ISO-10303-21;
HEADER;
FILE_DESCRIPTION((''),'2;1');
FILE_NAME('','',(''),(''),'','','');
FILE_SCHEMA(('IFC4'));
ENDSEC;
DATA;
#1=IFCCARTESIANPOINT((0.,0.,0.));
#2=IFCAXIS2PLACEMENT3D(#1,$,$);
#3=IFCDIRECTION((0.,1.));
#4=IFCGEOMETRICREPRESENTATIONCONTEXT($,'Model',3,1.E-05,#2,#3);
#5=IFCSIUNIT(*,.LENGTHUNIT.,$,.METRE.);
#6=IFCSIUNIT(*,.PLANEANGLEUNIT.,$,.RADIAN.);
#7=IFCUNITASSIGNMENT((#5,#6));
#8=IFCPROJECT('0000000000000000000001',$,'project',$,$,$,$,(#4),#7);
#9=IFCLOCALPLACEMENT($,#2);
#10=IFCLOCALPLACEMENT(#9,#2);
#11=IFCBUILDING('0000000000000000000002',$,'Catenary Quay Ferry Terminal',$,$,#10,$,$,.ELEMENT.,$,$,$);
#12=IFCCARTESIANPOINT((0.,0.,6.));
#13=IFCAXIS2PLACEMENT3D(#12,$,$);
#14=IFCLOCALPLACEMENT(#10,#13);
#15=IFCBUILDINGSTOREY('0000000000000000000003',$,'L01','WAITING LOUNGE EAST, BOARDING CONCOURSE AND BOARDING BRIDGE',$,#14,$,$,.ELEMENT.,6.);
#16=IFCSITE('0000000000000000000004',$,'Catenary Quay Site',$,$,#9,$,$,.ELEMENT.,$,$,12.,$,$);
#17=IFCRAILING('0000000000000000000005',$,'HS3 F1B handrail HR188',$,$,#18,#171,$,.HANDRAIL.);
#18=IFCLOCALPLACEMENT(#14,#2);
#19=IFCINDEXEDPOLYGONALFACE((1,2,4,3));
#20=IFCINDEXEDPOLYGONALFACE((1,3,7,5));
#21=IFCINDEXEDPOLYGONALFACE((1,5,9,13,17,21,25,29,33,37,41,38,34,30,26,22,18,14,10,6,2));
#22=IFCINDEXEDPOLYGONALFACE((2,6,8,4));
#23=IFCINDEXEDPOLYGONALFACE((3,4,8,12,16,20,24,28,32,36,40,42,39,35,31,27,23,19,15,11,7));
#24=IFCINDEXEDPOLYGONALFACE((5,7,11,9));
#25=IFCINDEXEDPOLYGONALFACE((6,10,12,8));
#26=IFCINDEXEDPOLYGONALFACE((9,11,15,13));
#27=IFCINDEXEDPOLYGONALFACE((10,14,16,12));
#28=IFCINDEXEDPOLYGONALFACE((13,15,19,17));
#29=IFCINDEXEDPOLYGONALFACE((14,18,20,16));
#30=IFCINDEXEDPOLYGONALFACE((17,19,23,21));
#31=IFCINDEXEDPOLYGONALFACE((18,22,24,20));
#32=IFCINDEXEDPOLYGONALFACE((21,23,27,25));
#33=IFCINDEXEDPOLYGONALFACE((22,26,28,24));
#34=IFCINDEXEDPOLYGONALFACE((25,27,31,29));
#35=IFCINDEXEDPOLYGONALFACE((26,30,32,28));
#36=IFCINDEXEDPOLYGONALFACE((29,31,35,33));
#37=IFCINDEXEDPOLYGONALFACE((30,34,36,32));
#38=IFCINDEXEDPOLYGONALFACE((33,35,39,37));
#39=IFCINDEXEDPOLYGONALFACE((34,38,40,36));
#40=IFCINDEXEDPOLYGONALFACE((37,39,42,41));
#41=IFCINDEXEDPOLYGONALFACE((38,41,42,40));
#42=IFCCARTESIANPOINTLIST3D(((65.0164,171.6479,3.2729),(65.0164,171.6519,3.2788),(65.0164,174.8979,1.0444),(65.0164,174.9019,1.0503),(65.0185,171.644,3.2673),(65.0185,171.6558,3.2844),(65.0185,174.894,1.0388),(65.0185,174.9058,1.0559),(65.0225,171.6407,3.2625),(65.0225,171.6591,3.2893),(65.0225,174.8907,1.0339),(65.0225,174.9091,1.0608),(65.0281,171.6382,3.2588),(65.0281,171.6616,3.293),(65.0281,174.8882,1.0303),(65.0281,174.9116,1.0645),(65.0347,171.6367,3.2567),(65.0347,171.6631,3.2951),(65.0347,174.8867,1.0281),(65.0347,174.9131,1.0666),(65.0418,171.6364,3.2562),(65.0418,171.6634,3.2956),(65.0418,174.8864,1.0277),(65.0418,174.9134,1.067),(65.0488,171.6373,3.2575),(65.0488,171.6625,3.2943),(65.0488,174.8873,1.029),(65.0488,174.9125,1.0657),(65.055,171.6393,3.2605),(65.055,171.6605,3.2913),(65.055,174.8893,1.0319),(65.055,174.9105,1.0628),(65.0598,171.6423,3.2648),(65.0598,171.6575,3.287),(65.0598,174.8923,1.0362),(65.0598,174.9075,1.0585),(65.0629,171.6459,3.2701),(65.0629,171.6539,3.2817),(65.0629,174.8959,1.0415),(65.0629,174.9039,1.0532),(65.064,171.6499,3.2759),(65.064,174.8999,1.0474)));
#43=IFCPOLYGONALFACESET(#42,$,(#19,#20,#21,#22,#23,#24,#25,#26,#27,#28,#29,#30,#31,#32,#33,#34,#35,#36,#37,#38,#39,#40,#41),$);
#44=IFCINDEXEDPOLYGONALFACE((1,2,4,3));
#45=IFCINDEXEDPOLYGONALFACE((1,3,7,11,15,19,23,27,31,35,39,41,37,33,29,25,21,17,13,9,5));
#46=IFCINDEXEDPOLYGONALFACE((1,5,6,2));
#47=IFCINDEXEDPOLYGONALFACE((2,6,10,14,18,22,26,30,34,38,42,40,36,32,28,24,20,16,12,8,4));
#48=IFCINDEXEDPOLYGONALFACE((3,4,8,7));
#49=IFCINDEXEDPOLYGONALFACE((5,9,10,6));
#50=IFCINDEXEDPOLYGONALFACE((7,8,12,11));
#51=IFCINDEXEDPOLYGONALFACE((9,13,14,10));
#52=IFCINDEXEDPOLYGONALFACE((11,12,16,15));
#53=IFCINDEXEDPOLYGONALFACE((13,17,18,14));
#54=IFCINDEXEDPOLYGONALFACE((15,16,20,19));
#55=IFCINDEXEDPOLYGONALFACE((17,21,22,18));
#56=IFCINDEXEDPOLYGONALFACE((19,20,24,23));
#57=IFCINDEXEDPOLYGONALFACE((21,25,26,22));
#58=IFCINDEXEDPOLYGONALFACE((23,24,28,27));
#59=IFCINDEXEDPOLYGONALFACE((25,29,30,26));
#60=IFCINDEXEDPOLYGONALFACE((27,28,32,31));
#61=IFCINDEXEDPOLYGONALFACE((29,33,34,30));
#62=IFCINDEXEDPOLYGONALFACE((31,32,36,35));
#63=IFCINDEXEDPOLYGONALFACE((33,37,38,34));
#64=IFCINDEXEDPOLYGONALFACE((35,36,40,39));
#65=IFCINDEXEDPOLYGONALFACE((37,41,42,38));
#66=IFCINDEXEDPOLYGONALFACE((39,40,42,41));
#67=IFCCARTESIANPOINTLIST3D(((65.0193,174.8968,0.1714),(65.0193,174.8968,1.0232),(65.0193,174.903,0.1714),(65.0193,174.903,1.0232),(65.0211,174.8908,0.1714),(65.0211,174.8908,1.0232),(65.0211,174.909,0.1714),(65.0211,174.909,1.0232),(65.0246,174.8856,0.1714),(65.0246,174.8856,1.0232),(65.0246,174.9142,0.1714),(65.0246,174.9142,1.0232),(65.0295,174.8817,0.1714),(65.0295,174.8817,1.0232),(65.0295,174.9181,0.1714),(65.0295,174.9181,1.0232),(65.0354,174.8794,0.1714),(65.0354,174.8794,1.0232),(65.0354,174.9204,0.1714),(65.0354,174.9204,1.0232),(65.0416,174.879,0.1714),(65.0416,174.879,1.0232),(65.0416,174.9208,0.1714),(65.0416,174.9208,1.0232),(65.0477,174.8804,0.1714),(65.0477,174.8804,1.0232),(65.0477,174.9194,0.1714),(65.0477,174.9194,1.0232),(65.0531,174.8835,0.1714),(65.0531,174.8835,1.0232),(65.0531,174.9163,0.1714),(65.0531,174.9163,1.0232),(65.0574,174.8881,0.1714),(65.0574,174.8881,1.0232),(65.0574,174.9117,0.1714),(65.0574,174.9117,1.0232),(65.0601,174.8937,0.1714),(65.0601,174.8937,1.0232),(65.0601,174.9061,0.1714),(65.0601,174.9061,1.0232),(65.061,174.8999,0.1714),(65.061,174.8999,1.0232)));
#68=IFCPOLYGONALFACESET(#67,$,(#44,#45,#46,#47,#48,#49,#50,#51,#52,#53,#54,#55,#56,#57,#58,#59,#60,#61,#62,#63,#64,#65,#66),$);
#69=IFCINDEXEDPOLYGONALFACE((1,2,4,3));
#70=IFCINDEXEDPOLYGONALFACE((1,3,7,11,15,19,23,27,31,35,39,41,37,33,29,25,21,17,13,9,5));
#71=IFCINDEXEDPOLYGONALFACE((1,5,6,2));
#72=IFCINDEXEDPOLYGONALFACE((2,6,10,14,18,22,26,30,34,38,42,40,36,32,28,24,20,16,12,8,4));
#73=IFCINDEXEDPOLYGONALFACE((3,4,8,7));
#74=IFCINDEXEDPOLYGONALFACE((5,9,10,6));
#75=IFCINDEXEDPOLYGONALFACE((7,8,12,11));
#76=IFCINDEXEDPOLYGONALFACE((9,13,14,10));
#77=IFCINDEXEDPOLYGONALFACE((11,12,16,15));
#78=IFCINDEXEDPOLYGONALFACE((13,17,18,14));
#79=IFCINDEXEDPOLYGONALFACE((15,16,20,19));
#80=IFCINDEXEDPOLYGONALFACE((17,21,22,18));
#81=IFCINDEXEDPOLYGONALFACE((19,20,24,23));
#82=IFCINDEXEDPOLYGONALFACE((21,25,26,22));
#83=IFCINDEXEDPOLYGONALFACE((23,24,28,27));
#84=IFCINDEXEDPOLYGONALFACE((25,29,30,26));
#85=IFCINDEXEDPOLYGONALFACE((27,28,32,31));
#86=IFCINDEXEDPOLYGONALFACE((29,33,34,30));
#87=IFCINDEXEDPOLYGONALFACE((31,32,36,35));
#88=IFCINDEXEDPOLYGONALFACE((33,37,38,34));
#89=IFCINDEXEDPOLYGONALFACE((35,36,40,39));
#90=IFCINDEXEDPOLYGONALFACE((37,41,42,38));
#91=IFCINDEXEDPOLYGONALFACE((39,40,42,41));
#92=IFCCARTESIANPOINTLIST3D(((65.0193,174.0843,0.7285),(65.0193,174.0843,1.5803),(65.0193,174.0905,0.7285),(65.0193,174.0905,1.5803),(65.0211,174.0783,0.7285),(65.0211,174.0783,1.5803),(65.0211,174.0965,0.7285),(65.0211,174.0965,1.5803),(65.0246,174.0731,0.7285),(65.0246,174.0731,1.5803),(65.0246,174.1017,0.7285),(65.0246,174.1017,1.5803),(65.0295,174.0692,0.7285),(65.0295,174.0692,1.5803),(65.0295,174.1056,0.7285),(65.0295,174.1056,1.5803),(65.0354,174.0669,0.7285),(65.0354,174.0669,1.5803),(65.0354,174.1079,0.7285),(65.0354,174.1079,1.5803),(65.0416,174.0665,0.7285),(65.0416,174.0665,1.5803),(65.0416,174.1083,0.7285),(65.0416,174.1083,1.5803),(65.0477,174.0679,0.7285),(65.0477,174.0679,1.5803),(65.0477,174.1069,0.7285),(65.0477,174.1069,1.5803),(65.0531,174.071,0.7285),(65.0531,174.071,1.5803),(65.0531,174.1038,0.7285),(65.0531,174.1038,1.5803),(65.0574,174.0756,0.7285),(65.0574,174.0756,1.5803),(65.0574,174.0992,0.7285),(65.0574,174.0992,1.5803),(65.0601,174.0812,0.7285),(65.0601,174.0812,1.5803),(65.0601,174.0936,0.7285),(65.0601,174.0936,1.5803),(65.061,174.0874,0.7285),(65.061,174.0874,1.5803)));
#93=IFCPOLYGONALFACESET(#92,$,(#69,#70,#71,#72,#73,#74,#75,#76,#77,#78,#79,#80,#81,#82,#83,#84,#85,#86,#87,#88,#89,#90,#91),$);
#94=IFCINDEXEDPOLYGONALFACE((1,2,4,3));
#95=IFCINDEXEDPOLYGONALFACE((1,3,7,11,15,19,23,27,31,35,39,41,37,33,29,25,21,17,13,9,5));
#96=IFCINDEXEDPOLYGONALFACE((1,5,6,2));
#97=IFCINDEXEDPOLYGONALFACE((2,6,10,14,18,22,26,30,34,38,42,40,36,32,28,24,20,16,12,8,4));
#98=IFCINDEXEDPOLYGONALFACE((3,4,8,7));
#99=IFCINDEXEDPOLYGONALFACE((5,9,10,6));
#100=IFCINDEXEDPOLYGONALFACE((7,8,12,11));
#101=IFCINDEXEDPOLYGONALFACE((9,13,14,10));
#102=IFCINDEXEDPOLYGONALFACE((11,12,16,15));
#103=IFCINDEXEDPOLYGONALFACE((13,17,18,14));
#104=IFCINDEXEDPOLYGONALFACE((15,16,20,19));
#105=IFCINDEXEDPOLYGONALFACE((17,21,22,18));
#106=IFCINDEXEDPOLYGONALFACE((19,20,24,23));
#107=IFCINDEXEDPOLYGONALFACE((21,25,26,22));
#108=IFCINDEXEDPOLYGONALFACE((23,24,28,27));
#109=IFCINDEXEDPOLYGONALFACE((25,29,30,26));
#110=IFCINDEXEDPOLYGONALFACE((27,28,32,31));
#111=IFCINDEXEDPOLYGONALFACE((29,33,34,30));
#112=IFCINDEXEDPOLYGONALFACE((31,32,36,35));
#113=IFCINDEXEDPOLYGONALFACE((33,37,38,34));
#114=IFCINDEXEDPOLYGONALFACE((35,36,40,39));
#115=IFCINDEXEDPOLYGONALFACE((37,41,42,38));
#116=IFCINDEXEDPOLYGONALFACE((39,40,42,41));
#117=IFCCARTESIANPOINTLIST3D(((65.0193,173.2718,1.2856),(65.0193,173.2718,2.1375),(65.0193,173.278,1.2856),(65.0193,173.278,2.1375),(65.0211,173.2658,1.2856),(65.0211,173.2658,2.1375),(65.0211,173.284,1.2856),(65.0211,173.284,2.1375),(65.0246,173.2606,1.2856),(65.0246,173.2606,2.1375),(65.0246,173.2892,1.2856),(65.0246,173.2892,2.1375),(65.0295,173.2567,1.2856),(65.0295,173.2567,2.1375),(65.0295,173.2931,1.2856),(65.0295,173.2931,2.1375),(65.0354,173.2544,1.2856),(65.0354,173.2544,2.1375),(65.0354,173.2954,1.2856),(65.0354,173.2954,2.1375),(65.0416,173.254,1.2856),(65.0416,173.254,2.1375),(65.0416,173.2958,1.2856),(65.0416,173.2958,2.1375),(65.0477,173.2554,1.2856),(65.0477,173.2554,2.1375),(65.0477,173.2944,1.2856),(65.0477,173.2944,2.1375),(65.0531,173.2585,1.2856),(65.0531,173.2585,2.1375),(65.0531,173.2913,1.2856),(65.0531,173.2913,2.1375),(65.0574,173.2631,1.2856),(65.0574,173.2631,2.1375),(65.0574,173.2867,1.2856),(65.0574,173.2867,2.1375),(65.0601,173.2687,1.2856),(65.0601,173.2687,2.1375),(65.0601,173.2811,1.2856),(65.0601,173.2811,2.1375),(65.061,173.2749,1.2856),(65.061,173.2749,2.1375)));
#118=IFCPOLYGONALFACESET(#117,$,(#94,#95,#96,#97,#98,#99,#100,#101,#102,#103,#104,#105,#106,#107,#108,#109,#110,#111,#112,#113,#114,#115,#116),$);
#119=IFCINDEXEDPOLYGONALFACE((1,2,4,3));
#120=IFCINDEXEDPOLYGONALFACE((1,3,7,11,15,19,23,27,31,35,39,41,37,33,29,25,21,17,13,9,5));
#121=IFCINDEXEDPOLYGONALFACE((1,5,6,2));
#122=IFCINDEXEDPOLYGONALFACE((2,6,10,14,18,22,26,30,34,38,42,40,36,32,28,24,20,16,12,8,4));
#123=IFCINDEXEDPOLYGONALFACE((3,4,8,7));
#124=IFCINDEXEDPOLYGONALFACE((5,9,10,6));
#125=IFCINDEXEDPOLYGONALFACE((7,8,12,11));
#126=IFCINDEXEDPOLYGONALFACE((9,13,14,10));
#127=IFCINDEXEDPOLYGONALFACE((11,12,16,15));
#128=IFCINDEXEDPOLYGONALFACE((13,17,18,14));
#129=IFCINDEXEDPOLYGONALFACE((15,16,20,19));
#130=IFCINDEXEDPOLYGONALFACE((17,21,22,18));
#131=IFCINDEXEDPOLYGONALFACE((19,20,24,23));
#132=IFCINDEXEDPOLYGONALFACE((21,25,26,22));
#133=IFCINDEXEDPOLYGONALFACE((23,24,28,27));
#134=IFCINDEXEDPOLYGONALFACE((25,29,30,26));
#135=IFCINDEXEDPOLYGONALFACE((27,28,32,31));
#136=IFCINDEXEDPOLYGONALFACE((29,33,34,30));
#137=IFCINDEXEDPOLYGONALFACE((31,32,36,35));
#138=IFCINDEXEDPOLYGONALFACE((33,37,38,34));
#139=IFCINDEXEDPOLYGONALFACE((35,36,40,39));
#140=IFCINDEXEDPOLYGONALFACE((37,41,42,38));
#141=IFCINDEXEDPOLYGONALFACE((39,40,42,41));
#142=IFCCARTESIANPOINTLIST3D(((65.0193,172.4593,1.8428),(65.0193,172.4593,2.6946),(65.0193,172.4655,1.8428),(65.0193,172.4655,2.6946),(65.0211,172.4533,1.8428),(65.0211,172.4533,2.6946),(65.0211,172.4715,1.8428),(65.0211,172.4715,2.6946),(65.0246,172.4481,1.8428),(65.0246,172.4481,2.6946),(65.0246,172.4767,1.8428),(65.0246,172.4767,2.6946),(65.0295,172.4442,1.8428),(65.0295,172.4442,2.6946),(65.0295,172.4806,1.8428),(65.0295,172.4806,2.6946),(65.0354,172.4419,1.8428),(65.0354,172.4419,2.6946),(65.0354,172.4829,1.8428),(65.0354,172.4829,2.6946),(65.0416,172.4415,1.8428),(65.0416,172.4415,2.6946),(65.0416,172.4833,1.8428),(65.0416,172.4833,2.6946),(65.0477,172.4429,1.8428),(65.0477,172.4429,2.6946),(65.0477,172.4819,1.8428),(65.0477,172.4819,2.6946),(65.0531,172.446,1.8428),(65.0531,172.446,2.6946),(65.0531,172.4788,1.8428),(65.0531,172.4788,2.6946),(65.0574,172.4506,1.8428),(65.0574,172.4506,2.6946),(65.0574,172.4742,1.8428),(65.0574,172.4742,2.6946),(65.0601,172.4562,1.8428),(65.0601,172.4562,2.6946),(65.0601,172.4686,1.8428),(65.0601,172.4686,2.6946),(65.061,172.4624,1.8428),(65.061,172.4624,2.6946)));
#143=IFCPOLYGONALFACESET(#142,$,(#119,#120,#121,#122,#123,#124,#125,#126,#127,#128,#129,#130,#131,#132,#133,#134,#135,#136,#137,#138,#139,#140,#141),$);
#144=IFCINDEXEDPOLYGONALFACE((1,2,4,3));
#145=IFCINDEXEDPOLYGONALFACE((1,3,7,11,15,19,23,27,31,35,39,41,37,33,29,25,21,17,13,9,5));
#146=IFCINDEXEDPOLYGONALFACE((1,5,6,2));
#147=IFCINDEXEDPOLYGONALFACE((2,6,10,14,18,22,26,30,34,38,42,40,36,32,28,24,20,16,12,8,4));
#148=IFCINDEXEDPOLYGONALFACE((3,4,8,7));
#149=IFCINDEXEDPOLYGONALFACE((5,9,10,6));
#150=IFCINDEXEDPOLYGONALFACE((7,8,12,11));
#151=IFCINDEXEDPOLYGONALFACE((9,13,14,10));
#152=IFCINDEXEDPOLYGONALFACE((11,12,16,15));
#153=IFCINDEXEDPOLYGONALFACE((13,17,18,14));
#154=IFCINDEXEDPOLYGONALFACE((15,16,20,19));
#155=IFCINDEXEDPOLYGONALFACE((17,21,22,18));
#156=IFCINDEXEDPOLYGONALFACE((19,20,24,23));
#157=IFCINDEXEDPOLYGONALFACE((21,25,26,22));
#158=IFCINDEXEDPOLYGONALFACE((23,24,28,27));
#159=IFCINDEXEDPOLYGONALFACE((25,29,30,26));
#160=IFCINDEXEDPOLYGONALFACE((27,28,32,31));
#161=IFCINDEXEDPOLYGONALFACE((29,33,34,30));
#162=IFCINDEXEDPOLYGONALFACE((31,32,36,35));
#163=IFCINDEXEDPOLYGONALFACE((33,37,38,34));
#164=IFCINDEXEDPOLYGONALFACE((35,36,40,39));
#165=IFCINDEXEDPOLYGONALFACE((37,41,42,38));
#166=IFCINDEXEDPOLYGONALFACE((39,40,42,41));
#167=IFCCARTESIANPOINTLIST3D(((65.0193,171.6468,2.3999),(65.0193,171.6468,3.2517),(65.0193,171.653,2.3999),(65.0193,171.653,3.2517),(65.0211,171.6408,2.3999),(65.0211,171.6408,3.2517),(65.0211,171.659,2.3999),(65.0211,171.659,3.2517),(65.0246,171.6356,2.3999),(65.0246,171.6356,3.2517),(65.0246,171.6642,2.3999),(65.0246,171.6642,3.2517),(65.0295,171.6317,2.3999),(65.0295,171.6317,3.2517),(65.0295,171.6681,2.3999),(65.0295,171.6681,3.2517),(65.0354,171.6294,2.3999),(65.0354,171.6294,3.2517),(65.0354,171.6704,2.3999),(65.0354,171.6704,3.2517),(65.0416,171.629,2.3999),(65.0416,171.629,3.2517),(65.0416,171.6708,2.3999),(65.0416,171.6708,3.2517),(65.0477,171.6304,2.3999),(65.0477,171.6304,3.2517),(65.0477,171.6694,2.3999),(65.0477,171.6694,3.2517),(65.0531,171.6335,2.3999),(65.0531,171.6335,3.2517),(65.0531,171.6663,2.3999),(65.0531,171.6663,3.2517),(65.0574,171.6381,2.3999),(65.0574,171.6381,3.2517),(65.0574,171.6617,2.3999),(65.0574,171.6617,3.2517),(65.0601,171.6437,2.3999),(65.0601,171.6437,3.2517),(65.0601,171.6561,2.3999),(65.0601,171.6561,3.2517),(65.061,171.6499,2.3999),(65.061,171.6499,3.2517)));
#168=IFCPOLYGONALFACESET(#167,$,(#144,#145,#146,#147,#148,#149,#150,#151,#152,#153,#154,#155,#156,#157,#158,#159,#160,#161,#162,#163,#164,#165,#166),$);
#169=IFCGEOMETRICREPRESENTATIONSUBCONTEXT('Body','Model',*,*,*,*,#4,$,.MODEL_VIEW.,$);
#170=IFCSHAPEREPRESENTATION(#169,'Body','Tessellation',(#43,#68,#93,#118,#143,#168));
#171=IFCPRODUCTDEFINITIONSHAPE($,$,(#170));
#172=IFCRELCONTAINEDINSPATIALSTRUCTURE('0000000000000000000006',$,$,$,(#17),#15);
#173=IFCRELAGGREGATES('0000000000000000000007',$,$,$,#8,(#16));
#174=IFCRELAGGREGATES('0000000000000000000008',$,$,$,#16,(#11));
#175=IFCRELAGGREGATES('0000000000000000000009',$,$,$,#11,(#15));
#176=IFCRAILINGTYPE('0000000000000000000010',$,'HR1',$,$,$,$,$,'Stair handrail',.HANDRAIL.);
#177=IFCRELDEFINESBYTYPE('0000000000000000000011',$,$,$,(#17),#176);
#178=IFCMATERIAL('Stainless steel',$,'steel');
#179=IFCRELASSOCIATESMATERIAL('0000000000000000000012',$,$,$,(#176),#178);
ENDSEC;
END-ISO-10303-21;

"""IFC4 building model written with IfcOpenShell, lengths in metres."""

from ifc_helpers import new_model, si_unit, direction, frame, origin, origin_2d, place, context, subcontext, project, spatial, circle, extrude, material, type_object, element, save


model = new_model("IFC4")

# Units and contexts
model_context = context("Model", 3, precision=1e-05, world=origin(), true_north=direction((0.0, 1.0)))
body_context = subcontext(model_context, "Body", "Model", "MODEL_VIEW")
ifc_project = project(units=[si_unit("LENGTHUNIT", "METRE"), si_unit("PLANEANGLEUNIT", "RADIAN")], contexts=[model_context])

# Site, building, storey
site_placement = place(None, origin())
site = spatial("IfcSite", under=ifc_project, at=site_placement, Name="Catenary Quay Site", CompositionType="ELEMENT", RefElevation=12.0)
building_placement = place(site_placement, origin())
building = spatial("IfcBuilding", under=site, at=building_placement, Name="Catenary Quay Ferry Terminal", CompositionType="ELEMENT")
storey_placement = place(building_placement, frame((0.0, 0.0, 6.0)))
storey = spatial("IfcBuildingStorey", under=building, at=storey_placement, Name="L01", Description="WAITING LOUNGE EAST, BOARDING CONCOURSE AND BOARDING BRIDGE", CompositionType="ELEMENT", Elevation=6.0)

# Railing
ifc_material_1 = material(Name="Stainless steel", Category="steel")
railing_type_1 = type_object("IfcRailingType", Name="HR1", ElementType="Stair handrail", PredefinedType="HANDRAIL", material=ifc_material_1)
for number, where, name in (
    (1, (65.04, 174.8999, 0.1714), "HS3 F1B handrail HR188"),
):
    element("IfcRailing", number, at=place(storey_placement, frame(where)), inside=storey, type_object=railing_type_1, Name=name, PredefinedType="HANDRAIL", context=body_context, shape_type="SweptSolid", body=[
        extrude(circle(Radius=0.0239, at=origin_2d()), frame((0.0, 0.0, 0.876), z_axis=(0.0, -0.824735, 0.565519), x_axis=(1.0, 0.0, 0.0)), (0.0, 0.0, 1.0), 3.9407),
        extrude(circle(Radius=0.021, at=origin_2d()), origin(), (0.0, 0.0, 1.0), 0.8518),
        extrude(circle(Radius=0.021, at=origin_2d()), frame((0.0, -0.8125, 0.5571)), (0.0, 0.0, 1.0), 0.8518),
        extrude(circle(Radius=0.021, at=origin_2d()), frame((0.0, -1.625, 1.1143)), (0.0, 0.0, 1.0), 0.8518),
        extrude(circle(Radius=0.021, at=origin_2d()), frame((0.0, -2.4375, 1.6714)), (0.0, 0.0, 1.0), 0.8518),
        extrude(circle(Radius=0.021, at=origin_2d()), frame((0.0, -3.25, 2.2285)), (0.0, 0.0, 1.0), 0.8518),
    ])

save(model, "model.ifc")
